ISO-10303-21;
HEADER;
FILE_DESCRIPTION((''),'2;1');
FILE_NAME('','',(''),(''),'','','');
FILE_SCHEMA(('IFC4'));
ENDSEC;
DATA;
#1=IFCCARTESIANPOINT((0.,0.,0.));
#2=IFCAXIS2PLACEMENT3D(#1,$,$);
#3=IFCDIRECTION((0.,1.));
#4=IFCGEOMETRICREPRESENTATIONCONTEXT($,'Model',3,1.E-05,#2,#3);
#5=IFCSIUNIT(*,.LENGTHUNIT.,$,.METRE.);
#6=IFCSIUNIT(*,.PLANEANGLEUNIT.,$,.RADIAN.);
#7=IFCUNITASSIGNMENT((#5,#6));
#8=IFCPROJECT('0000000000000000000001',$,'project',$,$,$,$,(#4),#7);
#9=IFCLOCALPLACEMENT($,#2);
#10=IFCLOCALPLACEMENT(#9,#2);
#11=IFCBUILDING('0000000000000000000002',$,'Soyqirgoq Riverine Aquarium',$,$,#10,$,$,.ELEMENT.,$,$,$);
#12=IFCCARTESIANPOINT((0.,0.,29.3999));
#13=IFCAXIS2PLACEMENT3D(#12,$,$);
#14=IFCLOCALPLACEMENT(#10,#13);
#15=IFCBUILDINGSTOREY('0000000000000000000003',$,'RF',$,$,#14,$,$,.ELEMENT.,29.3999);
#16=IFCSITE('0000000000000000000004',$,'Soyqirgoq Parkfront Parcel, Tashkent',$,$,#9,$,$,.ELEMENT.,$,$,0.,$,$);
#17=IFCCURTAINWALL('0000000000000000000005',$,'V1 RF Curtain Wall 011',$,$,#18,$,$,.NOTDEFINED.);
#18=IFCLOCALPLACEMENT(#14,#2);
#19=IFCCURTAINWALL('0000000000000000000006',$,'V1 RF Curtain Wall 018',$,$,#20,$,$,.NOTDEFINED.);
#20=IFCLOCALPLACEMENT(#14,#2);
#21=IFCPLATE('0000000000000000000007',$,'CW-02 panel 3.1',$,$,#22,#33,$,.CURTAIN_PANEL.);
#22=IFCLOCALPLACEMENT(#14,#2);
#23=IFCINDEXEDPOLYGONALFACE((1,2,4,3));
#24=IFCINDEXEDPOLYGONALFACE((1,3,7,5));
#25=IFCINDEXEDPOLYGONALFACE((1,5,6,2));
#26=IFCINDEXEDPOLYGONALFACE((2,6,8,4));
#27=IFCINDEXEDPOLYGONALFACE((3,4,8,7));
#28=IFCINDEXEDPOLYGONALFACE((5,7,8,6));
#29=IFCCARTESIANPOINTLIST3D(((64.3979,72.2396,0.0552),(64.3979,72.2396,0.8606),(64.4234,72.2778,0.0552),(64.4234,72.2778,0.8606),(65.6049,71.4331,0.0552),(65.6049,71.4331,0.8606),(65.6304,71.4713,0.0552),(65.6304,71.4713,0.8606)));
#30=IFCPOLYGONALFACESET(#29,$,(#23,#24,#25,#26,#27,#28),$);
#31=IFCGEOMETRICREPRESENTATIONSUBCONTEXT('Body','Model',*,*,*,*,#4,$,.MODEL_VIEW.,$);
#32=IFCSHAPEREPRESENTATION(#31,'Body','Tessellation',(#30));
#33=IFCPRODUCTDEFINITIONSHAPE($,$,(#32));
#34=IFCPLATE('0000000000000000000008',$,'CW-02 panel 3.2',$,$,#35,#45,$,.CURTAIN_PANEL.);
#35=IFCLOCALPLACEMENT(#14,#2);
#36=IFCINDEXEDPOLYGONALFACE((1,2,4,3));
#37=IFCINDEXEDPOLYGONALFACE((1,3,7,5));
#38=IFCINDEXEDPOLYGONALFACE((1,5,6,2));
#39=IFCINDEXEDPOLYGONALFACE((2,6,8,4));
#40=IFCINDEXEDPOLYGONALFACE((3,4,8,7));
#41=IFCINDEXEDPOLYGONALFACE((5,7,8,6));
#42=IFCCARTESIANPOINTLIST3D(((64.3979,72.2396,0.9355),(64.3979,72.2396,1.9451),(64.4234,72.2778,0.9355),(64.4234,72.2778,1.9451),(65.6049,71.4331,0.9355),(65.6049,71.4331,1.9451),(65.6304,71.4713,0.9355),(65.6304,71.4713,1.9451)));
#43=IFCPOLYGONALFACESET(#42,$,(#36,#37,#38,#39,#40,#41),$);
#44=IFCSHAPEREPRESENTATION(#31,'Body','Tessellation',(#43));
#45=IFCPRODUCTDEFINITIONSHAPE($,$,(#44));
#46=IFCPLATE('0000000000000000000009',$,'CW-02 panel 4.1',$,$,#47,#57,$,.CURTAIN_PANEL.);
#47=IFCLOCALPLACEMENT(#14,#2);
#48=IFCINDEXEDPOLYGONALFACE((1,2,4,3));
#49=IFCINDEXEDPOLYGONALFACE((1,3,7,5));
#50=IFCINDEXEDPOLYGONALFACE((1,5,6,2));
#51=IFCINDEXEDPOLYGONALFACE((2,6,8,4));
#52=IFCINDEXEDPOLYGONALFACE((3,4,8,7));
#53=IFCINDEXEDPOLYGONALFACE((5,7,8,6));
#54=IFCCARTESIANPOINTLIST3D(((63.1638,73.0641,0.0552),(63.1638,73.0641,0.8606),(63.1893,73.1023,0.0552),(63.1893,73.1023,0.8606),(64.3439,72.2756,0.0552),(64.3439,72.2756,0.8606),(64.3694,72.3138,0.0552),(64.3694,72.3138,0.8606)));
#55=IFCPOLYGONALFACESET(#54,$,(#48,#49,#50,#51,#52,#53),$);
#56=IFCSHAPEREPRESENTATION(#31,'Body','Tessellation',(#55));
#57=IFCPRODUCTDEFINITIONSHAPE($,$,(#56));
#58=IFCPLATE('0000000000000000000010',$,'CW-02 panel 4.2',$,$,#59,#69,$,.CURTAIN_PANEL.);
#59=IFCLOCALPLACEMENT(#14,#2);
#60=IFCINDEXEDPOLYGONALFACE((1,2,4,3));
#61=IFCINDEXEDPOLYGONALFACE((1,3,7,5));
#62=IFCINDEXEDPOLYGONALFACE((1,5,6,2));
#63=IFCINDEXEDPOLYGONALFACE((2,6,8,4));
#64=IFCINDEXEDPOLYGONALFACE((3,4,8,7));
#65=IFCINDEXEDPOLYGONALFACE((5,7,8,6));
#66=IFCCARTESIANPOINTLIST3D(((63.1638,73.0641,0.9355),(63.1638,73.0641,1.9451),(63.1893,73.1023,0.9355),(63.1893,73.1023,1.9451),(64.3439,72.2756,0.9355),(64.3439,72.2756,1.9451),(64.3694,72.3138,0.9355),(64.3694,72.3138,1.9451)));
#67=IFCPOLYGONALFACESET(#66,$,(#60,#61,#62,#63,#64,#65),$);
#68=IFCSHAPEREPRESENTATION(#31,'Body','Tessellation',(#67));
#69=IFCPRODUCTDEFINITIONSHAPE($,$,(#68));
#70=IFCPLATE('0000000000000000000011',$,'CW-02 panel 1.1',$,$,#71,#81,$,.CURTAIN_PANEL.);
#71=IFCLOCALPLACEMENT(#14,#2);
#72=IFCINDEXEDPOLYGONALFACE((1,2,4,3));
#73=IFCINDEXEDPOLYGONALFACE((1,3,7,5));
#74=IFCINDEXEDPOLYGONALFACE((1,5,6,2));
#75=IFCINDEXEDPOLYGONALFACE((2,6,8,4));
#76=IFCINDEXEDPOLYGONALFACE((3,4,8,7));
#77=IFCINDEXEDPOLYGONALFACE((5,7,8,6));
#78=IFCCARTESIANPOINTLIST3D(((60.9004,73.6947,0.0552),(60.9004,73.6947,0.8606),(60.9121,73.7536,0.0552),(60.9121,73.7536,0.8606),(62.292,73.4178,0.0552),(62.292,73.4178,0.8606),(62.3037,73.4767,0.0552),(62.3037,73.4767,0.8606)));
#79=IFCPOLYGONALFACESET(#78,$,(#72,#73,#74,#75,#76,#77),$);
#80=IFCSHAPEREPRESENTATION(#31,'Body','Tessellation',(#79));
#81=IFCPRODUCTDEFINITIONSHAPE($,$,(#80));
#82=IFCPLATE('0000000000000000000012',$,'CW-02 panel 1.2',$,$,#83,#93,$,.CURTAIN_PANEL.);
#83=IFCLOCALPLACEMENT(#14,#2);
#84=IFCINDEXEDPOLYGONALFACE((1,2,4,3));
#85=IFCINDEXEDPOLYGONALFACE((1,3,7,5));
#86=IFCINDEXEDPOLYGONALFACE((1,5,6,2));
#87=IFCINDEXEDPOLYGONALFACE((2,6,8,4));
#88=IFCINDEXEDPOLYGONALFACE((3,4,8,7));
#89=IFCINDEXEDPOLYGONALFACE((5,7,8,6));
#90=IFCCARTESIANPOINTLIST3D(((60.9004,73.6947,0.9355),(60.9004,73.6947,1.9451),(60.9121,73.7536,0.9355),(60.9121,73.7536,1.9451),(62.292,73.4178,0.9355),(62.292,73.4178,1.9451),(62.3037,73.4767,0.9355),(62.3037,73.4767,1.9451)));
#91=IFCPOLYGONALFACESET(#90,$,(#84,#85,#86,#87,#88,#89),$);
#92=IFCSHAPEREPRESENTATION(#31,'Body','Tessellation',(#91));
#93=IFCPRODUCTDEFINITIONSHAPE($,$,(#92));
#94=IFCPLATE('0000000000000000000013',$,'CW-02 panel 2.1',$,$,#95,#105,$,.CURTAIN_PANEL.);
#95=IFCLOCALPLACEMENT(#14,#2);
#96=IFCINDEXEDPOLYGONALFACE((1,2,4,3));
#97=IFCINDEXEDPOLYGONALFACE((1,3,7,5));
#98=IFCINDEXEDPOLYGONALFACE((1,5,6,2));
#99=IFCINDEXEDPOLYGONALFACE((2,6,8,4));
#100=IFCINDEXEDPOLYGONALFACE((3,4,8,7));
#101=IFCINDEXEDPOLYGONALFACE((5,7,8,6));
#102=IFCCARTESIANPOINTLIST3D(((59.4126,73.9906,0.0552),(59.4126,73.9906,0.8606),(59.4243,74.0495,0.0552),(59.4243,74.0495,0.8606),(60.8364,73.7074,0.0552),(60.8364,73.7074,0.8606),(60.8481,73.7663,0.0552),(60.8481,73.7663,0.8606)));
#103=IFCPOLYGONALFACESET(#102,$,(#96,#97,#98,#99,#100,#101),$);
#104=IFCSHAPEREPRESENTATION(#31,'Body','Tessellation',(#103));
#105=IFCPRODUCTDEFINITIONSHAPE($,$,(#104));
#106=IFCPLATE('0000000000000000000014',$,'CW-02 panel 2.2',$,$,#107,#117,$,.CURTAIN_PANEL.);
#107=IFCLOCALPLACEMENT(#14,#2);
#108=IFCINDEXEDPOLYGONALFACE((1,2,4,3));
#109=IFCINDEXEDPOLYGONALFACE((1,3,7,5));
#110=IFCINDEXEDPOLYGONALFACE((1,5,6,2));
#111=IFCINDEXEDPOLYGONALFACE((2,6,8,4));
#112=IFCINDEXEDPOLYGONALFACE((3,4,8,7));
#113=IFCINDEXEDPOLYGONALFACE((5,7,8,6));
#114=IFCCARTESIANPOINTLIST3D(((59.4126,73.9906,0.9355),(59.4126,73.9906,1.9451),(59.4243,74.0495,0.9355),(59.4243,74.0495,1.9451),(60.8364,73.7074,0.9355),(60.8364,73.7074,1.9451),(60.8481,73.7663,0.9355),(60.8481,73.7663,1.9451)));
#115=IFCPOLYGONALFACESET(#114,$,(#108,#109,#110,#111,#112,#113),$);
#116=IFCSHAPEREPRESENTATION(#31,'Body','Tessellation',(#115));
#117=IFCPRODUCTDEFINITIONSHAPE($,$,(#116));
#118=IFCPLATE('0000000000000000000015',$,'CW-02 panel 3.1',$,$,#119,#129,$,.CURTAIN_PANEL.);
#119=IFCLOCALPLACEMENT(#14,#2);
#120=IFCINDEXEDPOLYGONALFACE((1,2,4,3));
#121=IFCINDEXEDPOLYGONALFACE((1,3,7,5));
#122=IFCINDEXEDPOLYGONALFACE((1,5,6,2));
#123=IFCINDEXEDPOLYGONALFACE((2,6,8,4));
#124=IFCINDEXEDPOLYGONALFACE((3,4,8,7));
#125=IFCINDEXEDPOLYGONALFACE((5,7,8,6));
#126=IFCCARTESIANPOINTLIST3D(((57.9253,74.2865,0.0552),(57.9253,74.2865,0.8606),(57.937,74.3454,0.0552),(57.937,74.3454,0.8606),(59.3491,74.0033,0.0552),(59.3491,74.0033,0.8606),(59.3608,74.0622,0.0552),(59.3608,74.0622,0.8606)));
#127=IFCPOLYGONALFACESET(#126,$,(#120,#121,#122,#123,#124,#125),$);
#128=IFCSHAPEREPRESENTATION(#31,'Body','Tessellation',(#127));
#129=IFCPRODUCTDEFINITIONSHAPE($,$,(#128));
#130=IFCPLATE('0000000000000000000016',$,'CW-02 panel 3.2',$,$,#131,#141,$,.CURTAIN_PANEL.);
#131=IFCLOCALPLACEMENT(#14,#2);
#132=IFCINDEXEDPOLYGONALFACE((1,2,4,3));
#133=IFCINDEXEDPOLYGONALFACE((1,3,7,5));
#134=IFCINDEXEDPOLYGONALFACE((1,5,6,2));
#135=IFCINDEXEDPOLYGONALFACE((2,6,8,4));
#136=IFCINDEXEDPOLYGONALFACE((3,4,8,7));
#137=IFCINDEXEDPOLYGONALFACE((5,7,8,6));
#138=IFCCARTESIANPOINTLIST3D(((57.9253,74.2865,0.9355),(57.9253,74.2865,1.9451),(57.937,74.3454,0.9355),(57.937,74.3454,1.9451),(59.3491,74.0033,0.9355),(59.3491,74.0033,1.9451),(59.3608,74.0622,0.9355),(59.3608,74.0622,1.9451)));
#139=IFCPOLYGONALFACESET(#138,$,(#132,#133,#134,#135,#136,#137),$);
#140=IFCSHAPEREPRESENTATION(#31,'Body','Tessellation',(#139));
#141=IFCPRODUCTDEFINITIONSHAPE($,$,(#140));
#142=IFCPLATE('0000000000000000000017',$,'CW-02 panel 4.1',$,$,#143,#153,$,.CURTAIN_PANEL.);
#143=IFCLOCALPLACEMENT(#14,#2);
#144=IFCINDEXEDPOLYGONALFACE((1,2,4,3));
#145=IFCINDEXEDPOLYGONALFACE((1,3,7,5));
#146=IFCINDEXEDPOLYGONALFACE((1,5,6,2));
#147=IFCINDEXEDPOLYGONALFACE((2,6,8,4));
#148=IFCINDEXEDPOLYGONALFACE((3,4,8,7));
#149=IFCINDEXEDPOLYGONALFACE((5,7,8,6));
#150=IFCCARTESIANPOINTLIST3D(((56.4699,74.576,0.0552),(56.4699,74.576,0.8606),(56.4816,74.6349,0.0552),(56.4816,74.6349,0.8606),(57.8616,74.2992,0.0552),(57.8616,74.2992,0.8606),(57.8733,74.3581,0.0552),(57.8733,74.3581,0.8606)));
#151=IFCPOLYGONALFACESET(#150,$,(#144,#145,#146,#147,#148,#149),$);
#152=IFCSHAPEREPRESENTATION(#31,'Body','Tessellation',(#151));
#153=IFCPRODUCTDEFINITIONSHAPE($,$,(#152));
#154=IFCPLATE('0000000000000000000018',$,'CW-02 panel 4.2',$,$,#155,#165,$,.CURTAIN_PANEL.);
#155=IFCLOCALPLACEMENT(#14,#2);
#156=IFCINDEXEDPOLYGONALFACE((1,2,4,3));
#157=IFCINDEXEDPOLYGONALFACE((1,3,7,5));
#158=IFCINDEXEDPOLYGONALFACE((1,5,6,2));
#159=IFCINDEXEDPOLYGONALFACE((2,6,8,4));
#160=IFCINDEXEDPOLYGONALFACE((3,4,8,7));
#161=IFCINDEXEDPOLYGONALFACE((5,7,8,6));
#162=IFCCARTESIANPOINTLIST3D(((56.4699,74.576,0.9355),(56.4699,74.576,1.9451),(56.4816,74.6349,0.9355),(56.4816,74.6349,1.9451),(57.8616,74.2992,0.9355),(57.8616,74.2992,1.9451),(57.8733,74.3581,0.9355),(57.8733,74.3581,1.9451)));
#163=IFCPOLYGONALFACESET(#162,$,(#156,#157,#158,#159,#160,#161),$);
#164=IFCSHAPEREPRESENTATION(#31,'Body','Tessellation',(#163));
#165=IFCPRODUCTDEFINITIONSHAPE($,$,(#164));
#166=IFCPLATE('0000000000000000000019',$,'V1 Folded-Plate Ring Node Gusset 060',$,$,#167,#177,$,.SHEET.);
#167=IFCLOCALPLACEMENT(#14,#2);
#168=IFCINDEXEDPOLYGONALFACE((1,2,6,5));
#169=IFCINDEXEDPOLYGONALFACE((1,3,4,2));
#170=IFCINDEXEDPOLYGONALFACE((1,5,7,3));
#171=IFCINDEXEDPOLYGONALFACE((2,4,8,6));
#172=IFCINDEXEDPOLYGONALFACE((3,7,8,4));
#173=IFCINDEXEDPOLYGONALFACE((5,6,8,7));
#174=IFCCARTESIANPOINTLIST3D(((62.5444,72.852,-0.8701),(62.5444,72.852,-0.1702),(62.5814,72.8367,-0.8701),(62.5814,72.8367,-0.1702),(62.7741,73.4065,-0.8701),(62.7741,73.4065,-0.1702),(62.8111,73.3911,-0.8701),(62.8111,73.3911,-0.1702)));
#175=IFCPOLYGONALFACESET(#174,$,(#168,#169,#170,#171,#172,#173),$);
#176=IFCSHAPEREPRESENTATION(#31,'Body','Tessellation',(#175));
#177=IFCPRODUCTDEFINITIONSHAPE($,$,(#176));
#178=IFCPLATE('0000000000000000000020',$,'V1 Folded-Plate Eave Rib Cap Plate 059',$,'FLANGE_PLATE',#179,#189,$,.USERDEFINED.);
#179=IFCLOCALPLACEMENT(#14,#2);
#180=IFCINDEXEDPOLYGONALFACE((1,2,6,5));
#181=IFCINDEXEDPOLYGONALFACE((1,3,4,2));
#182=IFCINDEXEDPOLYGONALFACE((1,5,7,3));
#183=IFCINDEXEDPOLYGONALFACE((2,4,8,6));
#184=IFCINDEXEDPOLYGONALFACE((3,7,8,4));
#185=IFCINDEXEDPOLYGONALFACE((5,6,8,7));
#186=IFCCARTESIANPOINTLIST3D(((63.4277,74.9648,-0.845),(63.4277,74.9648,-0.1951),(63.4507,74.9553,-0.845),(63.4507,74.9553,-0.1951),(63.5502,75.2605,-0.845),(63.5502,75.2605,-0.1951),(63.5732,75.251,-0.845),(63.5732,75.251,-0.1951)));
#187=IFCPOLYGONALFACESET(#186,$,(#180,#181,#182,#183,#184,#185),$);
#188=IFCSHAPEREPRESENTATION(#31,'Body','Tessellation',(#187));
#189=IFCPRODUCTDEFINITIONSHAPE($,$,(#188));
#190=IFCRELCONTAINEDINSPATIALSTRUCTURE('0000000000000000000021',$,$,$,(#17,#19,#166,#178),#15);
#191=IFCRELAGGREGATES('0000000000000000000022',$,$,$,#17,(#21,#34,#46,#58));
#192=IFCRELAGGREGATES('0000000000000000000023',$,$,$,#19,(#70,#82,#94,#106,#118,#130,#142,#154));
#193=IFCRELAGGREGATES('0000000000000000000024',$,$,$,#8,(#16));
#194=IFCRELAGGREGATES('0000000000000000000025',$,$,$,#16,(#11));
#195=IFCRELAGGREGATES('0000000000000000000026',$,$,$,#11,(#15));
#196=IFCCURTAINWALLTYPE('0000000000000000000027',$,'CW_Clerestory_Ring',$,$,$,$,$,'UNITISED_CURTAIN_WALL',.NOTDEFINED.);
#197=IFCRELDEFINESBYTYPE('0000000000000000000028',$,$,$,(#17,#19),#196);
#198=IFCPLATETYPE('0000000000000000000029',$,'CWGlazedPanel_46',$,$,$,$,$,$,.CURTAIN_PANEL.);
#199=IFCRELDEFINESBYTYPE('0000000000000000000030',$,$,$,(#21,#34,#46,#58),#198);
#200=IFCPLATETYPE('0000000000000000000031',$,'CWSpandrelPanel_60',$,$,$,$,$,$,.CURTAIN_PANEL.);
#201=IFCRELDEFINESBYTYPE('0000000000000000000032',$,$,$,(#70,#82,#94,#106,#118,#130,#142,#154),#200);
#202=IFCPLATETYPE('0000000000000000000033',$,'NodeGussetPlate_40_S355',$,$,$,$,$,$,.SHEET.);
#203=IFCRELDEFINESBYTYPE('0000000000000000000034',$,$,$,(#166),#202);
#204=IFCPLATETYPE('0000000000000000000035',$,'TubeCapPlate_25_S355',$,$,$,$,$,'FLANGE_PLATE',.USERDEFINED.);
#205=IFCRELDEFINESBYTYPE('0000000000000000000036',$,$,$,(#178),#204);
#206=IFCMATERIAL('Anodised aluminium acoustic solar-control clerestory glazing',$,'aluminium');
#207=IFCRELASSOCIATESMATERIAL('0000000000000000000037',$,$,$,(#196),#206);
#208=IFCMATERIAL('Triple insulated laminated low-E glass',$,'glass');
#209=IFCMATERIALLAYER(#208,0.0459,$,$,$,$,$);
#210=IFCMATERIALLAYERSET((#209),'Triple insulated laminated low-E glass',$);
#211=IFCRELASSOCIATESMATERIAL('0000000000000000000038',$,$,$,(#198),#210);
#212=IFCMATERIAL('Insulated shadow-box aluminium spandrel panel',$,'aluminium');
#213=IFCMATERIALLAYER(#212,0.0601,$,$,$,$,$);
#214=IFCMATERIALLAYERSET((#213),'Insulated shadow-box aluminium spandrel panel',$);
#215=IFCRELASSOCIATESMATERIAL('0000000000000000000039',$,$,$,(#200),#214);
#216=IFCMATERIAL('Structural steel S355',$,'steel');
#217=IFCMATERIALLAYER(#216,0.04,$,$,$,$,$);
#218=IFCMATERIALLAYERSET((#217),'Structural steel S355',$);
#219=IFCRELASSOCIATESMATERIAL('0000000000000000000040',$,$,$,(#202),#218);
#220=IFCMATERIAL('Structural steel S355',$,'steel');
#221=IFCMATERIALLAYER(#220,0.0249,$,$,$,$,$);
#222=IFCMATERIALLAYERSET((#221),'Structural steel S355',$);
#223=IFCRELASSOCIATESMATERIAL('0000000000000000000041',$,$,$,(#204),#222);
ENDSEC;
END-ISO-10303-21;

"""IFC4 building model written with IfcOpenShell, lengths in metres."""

from ifc_helpers import new_model, si_unit, direction, frame, origin, origin_2d, place, context, subcontext, project, spatial, rectangle, extrude, material, layer, layer_set, type_object, element, aggregate, save


model = new_model("IFC4")

# Units and contexts
model_context = context("Model", 3, precision=1e-05, world=origin(), true_north=direction((0.0, 1.0)))
body_context = subcontext(model_context, "Body", "Model", "MODEL_VIEW")
ifc_project = project(units=[si_unit("LENGTHUNIT", "METRE"), si_unit("PLANEANGLEUNIT", "RADIAN")], contexts=[model_context])

# Site, building, storey
site_placement = place(None, origin())
site = spatial("IfcSite", under=ifc_project, at=site_placement, Name="Soyqirgoq Parkfront Parcel, Tashkent", CompositionType="ELEMENT", RefElevation=0.0)
building_placement = place(site_placement, origin())
building = spatial("IfcBuilding", under=site, at=building_placement, Name="Soyqirgoq Riverine Aquarium", CompositionType="ELEMENT")
storey_placement = place(building_placement, frame((0.0, 0.0, 29.3999)))
storey = spatial("IfcBuildingStorey", under=building, at=storey_placement, Name="RF", CompositionType="ELEMENT", Elevation=29.3999)

# Curtain walls
ifc_material_1 = material(Name="Anodised aluminium acoustic solar-control clerestory glazing", Category="aluminium")
curtain_wall_type = type_object("IfcCurtainWallType", Name="CW_Clerestory_Ring", ElementType="UNITISED_CURTAIN_WALL", PredefinedType="NOTDEFINED", material=ifc_material_1)
curtain_wall_1_placement = place(storey_placement, origin())
curtain_wall_1 = element("IfcCurtainWall", 1, at=curtain_wall_1_placement, inside=storey, type_object=curtain_wall_type, Name="V1 RF Curtain Wall 011", PredefinedType="NOTDEFINED")
curtain_wall_2_placement = place(storey_placement, origin())
curtain_wall_2 = element("IfcCurtainWall", 2, at=curtain_wall_2_placement, inside=storey, type_object=curtain_wall_type, Name="V1 RF Curtain Wall 018", PredefinedType="NOTDEFINED")

# Plates
ifc_material_2 = material(Name="Triple insulated laminated low-E glass", Category="glass")
ifc_layer_1 = layer(ifc_material_2, 0.0459)
ifc_layer_set_1 = layer_set([ifc_layer_1], Name="Triple insulated laminated low-E glass")
plate_type_1 = type_object("IfcPlateType", Name="CWGlazedPanel_46", PredefinedType="CURTAIN_PANEL", material=ifc_layer_set_1)
plate_1_placement = place(storey_placement, frame((65.0142, 71.8555, 0.0552), z_axis=(0.0, 0.0, 1.0), x_axis=(-0.831464, 0.555579, 0.0)))
plate_1 = element("IfcPlate", 3, at=plate_1_placement, type_object=plate_type_1, Name="CW-02 panel 3.1", PredefinedType="CURTAIN_PANEL", context=body_context, shape_type="SweptSolid", body=[
    extrude(rectangle(XDim=1.4517, YDim=0.0459, at=origin_2d()), origin(), (0.0, 0.0, 1.0), 0.8054),
])
plate_2_placement = place(storey_placement, frame((65.0142, 71.8555, 0.9355), z_axis=(0.0, 0.0, 1.0), x_axis=(-0.831464, 0.555579, 0.0)))
plate_2 = element("IfcPlate", 4, at=plate_2_placement, type_object=plate_type_1, Name="CW-02 panel 3.2", PredefinedType="CURTAIN_PANEL", context=body_context, shape_type="SweptSolid", body=[
    extrude(rectangle(XDim=1.4517, YDim=0.0459, at=origin_2d()), origin(), (0.0, 0.0, 1.0), 1.0095),
])
plate_3_placement = place(storey_placement, frame((63.7666, 72.689, 0.0552), z_axis=(0.0, 0.0, 1.0), x_axis=(-0.831464, 0.555579, 0.0)))
plate_3 = element("IfcPlate", 5, at=plate_3_placement, type_object=plate_type_1, Name="CW-02 panel 4.1", PredefinedType="CURTAIN_PANEL", context=body_context, shape_type="SweptSolid", body=[
    extrude(rectangle(XDim=1.4192, YDim=0.0459, at=origin_2d()), origin(), (0.0, 0.0, 1.0), 0.8054),
])
plate_4_placement = place(storey_placement, frame((63.7666, 72.689, 0.9355), z_axis=(0.0, 0.0, 1.0), x_axis=(-0.831464, 0.555579, 0.0)))
plate_4 = element("IfcPlate", 6, at=plate_4_placement, type_object=plate_type_1, Name="CW-02 panel 4.2", PredefinedType="CURTAIN_PANEL", context=body_context, shape_type="SweptSolid", body=[
    extrude(rectangle(XDim=1.4192, YDim=0.0459, at=origin_2d()), origin(), (0.0, 0.0, 1.0), 1.0095),
])
aggregate(curtain_wall_1, [plate_1, plate_2, plate_3, plate_4])
ifc_material_3 = material(Name="Insulated shadow-box aluminium spandrel panel", Category="aluminium")
ifc_layer_2 = layer(ifc_material_3, 0.0601)
ifc_layer_set_2 = layer_set([ifc_layer_2], Name="Insulated shadow-box aluminium spandrel panel")
plate_type_2 = type_object("IfcPlateType", Name="CWSpandrelPanel_60", PredefinedType="CURTAIN_PANEL", material=ifc_layer_set_2)
plate_5_placement = place(storey_placement, frame((61.6021, 73.5857, 0.0552), z_axis=(0.0, 0.0, 1.0), x_axis=(-0.980784, 0.195095, 0.0)))
plate_5 = element("IfcPlate", 7, at=plate_5_placement, type_object=plate_type_2, Name="CW-02 panel 1.1", PredefinedType="CURTAIN_PANEL", context=body_context, shape_type="SweptSolid", body=[
    extrude(rectangle(XDim=1.4189, YDim=0.0601, at=origin_2d()), origin(), (0.0, 0.0, 1.0), 0.8054),
])
plate_6_placement = place(storey_placement, frame((61.6021, 73.5857, 0.9355), z_axis=(0.0, 0.0, 1.0), x_axis=(-0.980784, 0.195095, 0.0)))
plate_6 = element("IfcPlate", 8, at=plate_6_placement, type_object=plate_type_2, Name="CW-02 panel 1.2", PredefinedType="CURTAIN_PANEL", context=body_context, shape_type="SweptSolid", body=[
    extrude(rectangle(XDim=1.4189, YDim=0.0601, at=origin_2d()), origin(), (0.0, 0.0, 1.0), 1.0095),
])
plate_7_placement = place(storey_placement, frame((60.1304, 73.8784, 0.0552), z_axis=(0.0, 0.0, 1.0), x_axis=(-0.980784, 0.195095, 0.0)))
plate_7 = element("IfcPlate", 9, at=plate_7_placement, type_object=plate_type_2, Name="CW-02 panel 2.1", PredefinedType="CURTAIN_PANEL", context=body_context, shape_type="SweptSolid", body=[
    extrude(rectangle(XDim=1.4517, YDim=0.0601, at=origin_2d()), origin(), (0.0, 0.0, 1.0), 0.8054),
])
plate_8_placement = place(storey_placement, frame((60.1304, 73.8784, 0.9355), z_axis=(0.0, 0.0, 1.0), x_axis=(-0.980784, 0.195095, 0.0)))
plate_8 = element("IfcPlate", 10, at=plate_8_placement, type_object=plate_type_2, Name="CW-02 panel 2.2", PredefinedType="CURTAIN_PANEL", context=body_context, shape_type="SweptSolid", body=[
    extrude(rectangle(XDim=1.4517, YDim=0.0601, at=origin_2d()), origin(), (0.0, 0.0, 1.0), 1.0095),
])
plate_9_placement = place(storey_placement, frame((58.6431, 74.1743, 0.0552), z_axis=(0.0, 0.0, 1.0), x_axis=(-0.980784, 0.195095, 0.0)))
plate_9 = element("IfcPlate", 11, at=plate_9_placement, type_object=plate_type_2, Name="CW-02 panel 3.1", PredefinedType="CURTAIN_PANEL", context=body_context, shape_type="SweptSolid", body=[
    extrude(rectangle(XDim=1.4517, YDim=0.0601, at=origin_2d()), origin(), (0.0, 0.0, 1.0), 0.8054),
])
plate_10_placement = place(storey_placement, frame((58.6431, 74.1743, 0.9355), z_axis=(0.0, 0.0, 1.0), x_axis=(-0.980784, 0.195095, 0.0)))
plate_10 = element("IfcPlate", 12, at=plate_10_placement, type_object=plate_type_2, Name="CW-02 panel 3.2", PredefinedType="CURTAIN_PANEL", context=body_context, shape_type="SweptSolid", body=[
    extrude(rectangle(XDim=1.4517, YDim=0.0601, at=origin_2d()), origin(), (0.0, 0.0, 1.0), 1.0095),
])
plate_11_placement = place(storey_placement, frame((57.1716, 74.467, 0.0552), z_axis=(0.0, 0.0, 1.0), x_axis=(-0.980784, 0.195095, 0.0)))
plate_11 = element("IfcPlate", 13, at=plate_11_placement, type_object=plate_type_2, Name="CW-02 panel 4.1", PredefinedType="CURTAIN_PANEL", context=body_context, shape_type="SweptSolid", body=[
    extrude(rectangle(XDim=1.4189, YDim=0.0601, at=origin_2d()), origin(), (0.0, 0.0, 1.0), 0.8054),
])
plate_12_placement = place(storey_placement, frame((57.1716, 74.467, 0.9355), z_axis=(0.0, 0.0, 1.0), x_axis=(-0.980784, 0.195095, 0.0)))
plate_12 = element("IfcPlate", 14, at=plate_12_placement, type_object=plate_type_2, Name="CW-02 panel 4.2", PredefinedType="CURTAIN_PANEL", context=body_context, shape_type="SweptSolid", body=[
    extrude(rectangle(XDim=1.4189, YDim=0.0601, at=origin_2d()), origin(), (0.0, 0.0, 1.0), 1.0095),
])
aggregate(curtain_wall_2, [plate_5, plate_6, plate_7, plate_8, plate_9, plate_10, plate_11, plate_12])

# Plates
ifc_material_4 = material(Name="Structural steel S355", Category="steel")
ifc_layer_3 = layer(ifc_material_4, 0.04)
ifc_layer_set_3 = layer_set([ifc_layer_3], Name="Structural steel S355")
plate_type_3 = type_object("IfcPlateType", Name="NodeGussetPlate_40_S355", PredefinedType="SHEET", material=ifc_layer_set_3)
plate_13_placement = place(storey_placement, frame((62.6777, 73.1216, -0.8701), z_axis=(0.0, 0.0, 1.0), x_axis=(0.382683, 0.92388, 0.0)))
element("IfcPlate", 15, at=plate_13_placement, inside=storey, type_object=plate_type_3, Name="V1 Folded-Plate Ring Node Gusset 060", PredefinedType="SHEET", context=body_context, shape_type="SweptSolid", body=[
    extrude(rectangle(XDim=0.6001, YDim=0.04, at=origin_2d()), origin(), (0.0, 0.0, 1.0), 0.7),
])
ifc_material_5 = material(Name="Structural steel S355", Category="steel")
ifc_layer_4 = layer(ifc_material_5, 0.0249)
ifc_layer_set_4 = layer_set([ifc_layer_4], Name="Structural steel S355")
plate_type_4 = type_object("IfcPlateType", Name="TubeCapPlate_25_S355", ElementType="FLANGE_PLATE", PredefinedType="USERDEFINED", material=ifc_layer_set_4)
plate_14_placement = place(storey_placement, frame((63.5005, 75.1079, -0.845), z_axis=(0.0, 0.0, 1.0), x_axis=(0.382683, 0.92388, 0.0)))
element("IfcPlate", 16, at=plate_14_placement, inside=storey, type_object=plate_type_4, Name="V1 Folded-Plate Eave Rib Cap Plate 059", ObjectType="FLANGE_PLATE", PredefinedType="USERDEFINED", context=body_context, shape_type="SweptSolid", body=[
    extrude(rectangle(XDim=0.3201, YDim=0.0249, at=origin_2d()), origin(), (0.0, 0.0, 1.0), 0.6499),
])

save(model, "model.ifc")
